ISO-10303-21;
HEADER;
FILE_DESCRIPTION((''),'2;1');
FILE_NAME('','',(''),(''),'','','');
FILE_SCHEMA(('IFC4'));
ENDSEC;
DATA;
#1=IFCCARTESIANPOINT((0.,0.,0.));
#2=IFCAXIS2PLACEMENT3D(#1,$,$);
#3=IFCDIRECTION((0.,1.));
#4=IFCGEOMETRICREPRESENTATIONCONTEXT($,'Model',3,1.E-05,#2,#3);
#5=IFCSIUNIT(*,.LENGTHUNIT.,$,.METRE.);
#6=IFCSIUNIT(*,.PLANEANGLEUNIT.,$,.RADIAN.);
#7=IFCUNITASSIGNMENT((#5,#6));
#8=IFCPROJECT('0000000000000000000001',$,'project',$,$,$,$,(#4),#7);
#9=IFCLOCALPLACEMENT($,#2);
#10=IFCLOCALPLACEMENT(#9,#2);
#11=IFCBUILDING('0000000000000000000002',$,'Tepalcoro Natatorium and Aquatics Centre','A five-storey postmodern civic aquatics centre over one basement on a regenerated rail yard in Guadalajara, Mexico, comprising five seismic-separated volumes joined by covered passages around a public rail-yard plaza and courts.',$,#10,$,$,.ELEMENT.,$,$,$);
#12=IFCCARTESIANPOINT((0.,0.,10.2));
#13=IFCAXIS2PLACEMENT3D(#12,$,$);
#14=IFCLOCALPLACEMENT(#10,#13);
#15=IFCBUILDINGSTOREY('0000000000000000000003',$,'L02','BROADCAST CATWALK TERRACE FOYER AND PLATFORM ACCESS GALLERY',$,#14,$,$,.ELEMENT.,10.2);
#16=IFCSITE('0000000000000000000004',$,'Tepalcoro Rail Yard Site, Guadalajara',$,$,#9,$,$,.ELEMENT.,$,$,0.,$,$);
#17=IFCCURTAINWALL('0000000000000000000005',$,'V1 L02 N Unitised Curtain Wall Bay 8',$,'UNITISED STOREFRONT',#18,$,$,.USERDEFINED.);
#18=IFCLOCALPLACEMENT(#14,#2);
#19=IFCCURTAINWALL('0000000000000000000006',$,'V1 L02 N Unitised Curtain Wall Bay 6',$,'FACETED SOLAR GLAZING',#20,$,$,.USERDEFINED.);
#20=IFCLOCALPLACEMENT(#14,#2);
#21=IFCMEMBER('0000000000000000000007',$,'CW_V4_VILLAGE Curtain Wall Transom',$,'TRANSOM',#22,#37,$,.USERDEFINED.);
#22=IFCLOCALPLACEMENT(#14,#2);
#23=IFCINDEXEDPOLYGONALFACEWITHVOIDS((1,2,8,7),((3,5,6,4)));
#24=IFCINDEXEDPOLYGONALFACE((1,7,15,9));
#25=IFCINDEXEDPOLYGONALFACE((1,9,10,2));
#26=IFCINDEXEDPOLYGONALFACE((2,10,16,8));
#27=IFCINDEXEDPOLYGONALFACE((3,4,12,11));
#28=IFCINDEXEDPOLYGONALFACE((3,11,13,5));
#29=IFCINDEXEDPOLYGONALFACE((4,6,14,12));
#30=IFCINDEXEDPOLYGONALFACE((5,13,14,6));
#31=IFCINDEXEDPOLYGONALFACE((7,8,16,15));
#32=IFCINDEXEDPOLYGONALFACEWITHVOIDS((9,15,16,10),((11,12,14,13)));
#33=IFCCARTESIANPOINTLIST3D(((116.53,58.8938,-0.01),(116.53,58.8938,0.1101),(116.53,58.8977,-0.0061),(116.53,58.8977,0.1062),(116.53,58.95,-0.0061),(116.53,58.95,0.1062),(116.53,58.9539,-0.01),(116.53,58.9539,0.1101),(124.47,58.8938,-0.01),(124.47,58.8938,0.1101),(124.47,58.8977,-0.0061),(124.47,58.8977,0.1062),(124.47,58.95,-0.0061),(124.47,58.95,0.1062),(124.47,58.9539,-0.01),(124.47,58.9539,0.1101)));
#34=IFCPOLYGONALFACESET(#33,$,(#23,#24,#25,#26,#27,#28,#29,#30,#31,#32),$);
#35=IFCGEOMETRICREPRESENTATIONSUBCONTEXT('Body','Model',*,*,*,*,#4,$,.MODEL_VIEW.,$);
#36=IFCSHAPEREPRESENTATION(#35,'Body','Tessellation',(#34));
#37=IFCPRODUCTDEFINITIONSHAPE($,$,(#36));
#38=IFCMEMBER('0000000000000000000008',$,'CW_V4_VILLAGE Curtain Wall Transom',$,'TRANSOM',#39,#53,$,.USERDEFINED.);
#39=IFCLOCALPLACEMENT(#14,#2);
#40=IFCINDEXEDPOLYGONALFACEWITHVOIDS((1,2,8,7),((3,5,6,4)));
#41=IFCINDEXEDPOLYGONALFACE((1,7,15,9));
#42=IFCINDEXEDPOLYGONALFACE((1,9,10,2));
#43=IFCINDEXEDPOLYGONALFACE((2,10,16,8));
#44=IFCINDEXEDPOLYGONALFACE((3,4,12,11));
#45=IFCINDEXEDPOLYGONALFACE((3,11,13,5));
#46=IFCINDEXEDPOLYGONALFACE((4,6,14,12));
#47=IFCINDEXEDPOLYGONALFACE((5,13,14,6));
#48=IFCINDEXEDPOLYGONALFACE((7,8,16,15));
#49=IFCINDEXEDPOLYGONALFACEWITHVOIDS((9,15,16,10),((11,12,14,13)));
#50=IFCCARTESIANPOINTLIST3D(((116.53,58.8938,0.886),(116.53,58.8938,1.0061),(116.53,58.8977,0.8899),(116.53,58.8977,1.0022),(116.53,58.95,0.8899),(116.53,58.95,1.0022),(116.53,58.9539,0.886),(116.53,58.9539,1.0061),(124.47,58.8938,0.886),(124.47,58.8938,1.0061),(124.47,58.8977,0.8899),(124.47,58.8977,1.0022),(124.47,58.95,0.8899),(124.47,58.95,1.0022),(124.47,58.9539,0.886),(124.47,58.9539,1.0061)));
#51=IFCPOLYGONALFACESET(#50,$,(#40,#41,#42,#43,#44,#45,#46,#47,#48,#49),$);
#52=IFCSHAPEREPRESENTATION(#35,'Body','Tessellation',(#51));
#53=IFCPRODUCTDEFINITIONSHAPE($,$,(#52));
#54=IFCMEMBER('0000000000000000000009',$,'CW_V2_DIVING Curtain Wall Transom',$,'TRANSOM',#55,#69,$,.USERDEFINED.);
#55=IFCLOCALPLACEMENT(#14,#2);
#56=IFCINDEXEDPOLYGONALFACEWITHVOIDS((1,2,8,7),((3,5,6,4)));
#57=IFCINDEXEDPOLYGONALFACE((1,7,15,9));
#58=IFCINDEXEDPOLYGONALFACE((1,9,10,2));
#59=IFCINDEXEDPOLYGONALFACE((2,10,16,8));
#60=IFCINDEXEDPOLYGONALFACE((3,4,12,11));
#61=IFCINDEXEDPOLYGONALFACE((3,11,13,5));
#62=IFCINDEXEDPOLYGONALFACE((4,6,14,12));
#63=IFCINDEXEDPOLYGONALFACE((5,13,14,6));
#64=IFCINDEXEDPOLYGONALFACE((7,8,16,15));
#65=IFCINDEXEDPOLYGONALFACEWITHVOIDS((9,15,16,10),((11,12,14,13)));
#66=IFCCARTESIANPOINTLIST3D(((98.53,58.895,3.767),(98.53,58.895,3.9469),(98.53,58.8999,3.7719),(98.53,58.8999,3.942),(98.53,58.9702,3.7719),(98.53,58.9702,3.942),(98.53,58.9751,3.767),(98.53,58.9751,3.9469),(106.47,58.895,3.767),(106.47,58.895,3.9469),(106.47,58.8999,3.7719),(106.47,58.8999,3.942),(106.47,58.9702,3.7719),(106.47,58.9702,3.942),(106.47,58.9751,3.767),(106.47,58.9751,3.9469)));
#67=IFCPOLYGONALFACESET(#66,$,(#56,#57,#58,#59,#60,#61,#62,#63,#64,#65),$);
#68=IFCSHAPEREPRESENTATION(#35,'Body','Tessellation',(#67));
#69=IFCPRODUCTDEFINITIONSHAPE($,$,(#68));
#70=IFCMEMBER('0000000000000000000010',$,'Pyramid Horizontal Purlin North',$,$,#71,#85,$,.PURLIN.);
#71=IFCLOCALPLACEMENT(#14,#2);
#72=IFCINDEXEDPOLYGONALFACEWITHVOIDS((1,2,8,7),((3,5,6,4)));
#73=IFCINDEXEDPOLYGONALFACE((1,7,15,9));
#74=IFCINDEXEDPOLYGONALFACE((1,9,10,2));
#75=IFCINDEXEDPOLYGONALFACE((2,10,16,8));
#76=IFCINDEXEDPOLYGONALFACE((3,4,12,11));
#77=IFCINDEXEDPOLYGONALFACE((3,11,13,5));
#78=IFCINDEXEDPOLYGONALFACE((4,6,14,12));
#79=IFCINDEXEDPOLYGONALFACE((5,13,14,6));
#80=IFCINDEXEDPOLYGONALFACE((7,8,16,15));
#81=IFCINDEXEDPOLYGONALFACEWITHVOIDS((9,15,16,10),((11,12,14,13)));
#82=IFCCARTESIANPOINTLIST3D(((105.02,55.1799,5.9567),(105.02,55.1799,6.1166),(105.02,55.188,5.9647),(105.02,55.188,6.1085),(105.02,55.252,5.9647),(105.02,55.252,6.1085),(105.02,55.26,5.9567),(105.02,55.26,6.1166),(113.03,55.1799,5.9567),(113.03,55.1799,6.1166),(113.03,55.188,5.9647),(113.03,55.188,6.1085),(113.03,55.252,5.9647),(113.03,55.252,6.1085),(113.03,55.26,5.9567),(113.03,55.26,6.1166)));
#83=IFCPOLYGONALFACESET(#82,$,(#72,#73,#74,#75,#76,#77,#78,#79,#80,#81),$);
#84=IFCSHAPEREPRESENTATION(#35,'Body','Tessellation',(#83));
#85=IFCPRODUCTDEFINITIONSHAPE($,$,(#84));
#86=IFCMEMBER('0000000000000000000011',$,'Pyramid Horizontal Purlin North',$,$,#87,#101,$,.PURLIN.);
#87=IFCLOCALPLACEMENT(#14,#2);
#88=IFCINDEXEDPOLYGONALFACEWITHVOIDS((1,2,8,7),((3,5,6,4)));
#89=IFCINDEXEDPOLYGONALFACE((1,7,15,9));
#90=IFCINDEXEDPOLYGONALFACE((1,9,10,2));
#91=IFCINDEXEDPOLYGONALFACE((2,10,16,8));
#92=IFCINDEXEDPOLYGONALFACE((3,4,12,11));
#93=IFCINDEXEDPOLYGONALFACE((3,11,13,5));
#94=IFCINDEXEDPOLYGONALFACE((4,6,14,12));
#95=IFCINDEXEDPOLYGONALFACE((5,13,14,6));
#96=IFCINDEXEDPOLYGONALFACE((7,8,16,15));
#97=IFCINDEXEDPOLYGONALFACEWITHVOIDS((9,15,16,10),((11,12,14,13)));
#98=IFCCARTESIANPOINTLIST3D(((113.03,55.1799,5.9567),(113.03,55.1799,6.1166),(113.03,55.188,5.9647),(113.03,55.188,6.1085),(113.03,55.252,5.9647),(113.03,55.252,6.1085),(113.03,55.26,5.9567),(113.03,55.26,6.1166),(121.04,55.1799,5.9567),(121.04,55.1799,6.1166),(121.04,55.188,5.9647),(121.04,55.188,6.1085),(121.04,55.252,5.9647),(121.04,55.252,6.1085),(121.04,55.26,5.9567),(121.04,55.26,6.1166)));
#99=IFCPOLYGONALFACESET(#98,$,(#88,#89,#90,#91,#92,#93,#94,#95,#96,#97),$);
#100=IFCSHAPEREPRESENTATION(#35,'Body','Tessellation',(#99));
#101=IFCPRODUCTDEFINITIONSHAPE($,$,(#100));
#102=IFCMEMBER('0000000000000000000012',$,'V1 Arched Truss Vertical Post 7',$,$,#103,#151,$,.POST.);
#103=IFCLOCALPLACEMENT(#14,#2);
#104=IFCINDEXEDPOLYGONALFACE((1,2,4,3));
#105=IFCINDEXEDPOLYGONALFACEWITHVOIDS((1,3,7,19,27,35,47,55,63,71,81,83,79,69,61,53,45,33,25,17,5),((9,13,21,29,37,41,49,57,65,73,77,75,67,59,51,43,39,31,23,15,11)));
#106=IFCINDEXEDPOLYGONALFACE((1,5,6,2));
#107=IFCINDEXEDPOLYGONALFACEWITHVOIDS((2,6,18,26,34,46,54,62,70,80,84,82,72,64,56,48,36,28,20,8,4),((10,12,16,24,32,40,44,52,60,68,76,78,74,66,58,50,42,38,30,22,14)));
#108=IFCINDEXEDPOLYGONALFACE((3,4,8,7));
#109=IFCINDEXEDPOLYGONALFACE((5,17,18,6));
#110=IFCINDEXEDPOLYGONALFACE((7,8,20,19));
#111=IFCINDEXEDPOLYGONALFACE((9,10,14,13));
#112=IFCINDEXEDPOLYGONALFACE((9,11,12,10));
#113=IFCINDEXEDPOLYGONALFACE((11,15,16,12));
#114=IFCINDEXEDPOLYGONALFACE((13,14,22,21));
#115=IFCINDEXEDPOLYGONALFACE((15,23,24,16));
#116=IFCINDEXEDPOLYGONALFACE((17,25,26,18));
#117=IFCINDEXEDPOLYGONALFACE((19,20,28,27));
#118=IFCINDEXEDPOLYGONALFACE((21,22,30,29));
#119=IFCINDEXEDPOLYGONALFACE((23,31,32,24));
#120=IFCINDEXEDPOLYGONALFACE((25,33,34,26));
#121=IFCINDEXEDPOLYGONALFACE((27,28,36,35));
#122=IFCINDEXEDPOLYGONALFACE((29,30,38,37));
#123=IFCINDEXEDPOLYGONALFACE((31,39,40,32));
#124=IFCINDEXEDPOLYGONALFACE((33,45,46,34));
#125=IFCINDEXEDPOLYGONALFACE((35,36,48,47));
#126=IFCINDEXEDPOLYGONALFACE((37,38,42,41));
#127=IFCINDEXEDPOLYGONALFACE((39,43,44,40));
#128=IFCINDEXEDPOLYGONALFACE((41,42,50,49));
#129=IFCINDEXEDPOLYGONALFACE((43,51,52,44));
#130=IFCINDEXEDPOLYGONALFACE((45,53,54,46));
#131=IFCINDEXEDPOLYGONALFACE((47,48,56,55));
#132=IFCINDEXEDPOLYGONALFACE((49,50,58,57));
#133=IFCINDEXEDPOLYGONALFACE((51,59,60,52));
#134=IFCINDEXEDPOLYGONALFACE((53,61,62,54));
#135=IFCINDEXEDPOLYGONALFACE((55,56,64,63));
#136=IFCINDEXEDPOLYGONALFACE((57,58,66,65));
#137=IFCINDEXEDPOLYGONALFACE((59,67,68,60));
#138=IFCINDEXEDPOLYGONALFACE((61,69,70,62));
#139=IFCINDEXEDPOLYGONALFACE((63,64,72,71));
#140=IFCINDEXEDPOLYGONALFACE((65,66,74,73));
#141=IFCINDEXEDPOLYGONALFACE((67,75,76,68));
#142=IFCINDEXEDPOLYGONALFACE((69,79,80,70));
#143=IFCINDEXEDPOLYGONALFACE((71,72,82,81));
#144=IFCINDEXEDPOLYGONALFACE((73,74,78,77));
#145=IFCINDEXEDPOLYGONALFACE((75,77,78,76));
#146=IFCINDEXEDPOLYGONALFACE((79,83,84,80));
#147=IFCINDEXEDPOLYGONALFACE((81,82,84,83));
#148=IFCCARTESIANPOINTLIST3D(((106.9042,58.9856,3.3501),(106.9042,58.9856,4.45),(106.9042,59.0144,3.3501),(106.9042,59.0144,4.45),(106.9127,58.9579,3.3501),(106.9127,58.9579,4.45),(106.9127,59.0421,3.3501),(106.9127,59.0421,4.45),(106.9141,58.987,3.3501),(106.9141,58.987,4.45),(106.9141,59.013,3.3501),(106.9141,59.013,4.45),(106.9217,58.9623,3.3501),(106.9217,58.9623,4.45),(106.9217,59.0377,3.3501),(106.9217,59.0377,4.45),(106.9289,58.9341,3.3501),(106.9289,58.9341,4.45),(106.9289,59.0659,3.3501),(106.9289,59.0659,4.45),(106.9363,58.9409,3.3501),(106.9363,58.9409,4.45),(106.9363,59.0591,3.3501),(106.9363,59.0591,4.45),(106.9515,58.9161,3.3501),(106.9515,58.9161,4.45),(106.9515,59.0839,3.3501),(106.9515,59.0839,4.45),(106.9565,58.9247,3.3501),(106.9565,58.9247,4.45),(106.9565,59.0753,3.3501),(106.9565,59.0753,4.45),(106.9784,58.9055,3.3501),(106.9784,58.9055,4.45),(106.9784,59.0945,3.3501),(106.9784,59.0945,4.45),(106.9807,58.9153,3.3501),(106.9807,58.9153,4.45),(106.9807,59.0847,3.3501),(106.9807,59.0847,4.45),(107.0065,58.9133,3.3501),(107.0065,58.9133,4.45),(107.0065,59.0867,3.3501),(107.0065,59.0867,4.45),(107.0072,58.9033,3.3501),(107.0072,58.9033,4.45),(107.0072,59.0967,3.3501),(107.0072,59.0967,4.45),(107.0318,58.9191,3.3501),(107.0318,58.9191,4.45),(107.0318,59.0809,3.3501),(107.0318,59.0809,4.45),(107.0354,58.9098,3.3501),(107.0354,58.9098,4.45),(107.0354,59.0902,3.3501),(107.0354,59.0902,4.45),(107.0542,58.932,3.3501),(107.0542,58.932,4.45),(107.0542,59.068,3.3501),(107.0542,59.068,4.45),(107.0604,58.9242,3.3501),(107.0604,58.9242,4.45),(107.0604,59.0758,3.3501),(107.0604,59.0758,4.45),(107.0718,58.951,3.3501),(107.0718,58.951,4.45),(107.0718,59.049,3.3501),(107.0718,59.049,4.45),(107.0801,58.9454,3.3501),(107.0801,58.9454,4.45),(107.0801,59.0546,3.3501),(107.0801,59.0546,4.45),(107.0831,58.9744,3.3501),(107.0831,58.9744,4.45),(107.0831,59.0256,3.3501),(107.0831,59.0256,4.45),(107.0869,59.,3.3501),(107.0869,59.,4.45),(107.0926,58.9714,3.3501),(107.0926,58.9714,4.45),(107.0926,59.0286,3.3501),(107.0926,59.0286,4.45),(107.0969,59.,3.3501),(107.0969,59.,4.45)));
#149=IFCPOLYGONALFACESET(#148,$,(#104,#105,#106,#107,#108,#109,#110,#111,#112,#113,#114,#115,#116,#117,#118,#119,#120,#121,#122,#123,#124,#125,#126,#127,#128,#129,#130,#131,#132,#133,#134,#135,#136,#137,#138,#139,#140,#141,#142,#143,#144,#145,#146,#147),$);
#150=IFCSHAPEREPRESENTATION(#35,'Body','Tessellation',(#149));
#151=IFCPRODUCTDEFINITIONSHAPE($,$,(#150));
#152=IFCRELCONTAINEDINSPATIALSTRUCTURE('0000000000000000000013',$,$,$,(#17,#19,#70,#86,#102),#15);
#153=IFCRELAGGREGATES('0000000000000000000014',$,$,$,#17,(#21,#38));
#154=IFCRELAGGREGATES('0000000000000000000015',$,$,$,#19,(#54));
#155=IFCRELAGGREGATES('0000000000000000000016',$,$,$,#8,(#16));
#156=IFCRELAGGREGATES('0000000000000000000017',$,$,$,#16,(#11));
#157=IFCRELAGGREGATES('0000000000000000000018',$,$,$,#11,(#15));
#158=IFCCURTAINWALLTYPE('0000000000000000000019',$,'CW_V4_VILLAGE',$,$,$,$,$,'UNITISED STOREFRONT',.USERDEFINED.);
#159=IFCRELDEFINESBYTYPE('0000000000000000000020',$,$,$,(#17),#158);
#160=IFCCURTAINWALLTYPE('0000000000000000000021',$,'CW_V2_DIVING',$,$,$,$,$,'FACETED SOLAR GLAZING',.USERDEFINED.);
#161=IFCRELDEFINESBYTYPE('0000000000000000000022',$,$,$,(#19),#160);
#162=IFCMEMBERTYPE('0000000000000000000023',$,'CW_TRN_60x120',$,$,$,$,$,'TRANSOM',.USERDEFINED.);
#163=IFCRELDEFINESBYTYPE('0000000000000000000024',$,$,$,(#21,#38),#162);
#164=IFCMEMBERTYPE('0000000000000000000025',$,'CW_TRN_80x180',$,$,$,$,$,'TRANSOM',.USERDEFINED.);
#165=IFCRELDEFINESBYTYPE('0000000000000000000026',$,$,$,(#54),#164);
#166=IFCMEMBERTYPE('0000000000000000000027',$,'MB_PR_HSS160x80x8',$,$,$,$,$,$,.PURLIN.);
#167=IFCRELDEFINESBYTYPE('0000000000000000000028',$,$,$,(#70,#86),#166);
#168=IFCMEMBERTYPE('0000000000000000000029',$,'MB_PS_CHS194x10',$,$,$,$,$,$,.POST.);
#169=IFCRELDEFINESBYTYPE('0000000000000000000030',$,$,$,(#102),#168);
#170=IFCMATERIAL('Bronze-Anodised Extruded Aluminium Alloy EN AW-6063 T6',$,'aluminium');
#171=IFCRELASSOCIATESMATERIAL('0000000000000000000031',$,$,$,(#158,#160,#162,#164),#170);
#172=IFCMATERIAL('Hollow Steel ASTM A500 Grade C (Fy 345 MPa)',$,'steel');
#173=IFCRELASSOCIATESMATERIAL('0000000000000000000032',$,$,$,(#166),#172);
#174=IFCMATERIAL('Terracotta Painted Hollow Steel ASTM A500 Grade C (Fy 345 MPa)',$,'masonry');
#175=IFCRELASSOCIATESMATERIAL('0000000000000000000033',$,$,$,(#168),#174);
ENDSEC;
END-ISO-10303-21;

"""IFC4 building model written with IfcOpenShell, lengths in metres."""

from ifc_helpers import new_model, si_unit, direction, frame, origin, origin_2d, place, context, subcontext, project, spatial, hollow_rectangle, hollow_circle, extrude, material, material_profile, profile_set, type_object, element, aggregate, save


model = new_model("IFC4")

# Units and contexts
model_context = context("Model", 3, precision=1e-05, world=origin(), true_north=direction((0.0, 1.0)))
body_context = subcontext(model_context, "Body", "Model", "MODEL_VIEW")
ifc_project = project(units=[si_unit("LENGTHUNIT", "METRE"), si_unit("PLANEANGLEUNIT", "RADIAN")], contexts=[model_context])

# Site, building, storey
site_placement = place(None, origin())
site = spatial("IfcSite", under=ifc_project, at=site_placement, Name="Tepalcoro Rail Yard Site, Guadalajara", CompositionType="ELEMENT", RefElevation=0.0)
building_placement = place(site_placement, origin())
building = spatial("IfcBuilding", under=site, at=building_placement, Name="Tepalcoro Natatorium and Aquatics Centre", Description="A five-storey postmodern civic aquatics centre over one basement on a regenerated rail yard in Guadalajara, Mexico, comprising five seismic-separated volumes joined by covered passages around a public rail-yard plaza and courts.", CompositionType="ELEMENT")
storey_placement = place(building_placement, frame((0.0, 0.0, 10.2)))
storey = spatial("IfcBuildingStorey", under=building, at=storey_placement, Name="L02", Description="BROADCAST CATWALK TERRACE FOYER AND PLATFORM ACCESS GALLERY", CompositionType="ELEMENT", Elevation=10.2)

# Curtain wall
ifc_material_1 = material(Name="Bronze-Anodised Extruded Aluminium Alloy EN AW-6063 T6", Category="aluminium")
curtain_wall_type_1 = type_object("IfcCurtainWallType", Name="CW_V4_VILLAGE", ElementType="UNITISED STOREFRONT", PredefinedType="USERDEFINED", material=ifc_material_1)
curtain_wall_1_placement = place(storey_placement, origin())
curtain_wall_1 = element("IfcCurtainWall", 1, at=curtain_wall_1_placement, inside=storey, type_object=curtain_wall_type_1, Name="V1 L02 N Unitised Curtain Wall Bay 8", ObjectType="UNITISED STOREFRONT", PredefinedType="USERDEFINED")

# Curtain wall
curtain_wall_type_2 = type_object("IfcCurtainWallType", Name="CW_V2_DIVING", ElementType="FACETED SOLAR GLAZING", PredefinedType="USERDEFINED", material=ifc_material_1)
curtain_wall_2_placement = place(storey_placement, origin())
curtain_wall_2 = element("IfcCurtainWall", 2, at=curtain_wall_2_placement, inside=storey, type_object=curtain_wall_type_2, Name="V1 L02 N Unitised Curtain Wall Bay 6", ObjectType="FACETED SOLAR GLAZING", PredefinedType="USERDEFINED")

# Members
ifc_material_profile_1 = material_profile(ifc_material_1, hollow_rectangle(XDim=0.0601, YDim=0.1201, WallThickness=0.0039, at=origin_2d()), Name="AL60X120X4")
ifc_profile_set_1 = profile_set([ifc_material_profile_1], Name="Bronze-Anodised Extruded Aluminium Alloy EN AW-6063 T6")
member_type_1 = type_object("IfcMemberType", Name="CW_TRN_60x120", ElementType="TRANSOM", PredefinedType="USERDEFINED", material=ifc_profile_set_1)
member_1_placement = place(storey_placement, frame((116.53, 58.9238, 0.05), z_axis=(1.0, 0.0, 0.0), x_axis=(0.0, 1.0, 0.0)))
member_1 = element("IfcMember", 3, at=member_1_placement, type_object=member_type_1, Name="CW_V4_VILLAGE Curtain Wall Transom", ObjectType="TRANSOM", PredefinedType="USERDEFINED", context=body_context, shape_type="SweptSolid", body=[
    extrude(hollow_rectangle(XDim=0.0601, YDim=0.1201, WallThickness=0.0039, at=origin_2d()), origin(), (0.0, 0.0, 1.0), 7.9399),
])
member_2_placement = place(storey_placement, frame((116.53, 58.9238, 0.946), z_axis=(1.0, 0.0, 0.0), x_axis=(0.0, 1.0, 0.0)))
member_2 = element("IfcMember", 4, at=member_2_placement, type_object=member_type_1, Name="CW_V4_VILLAGE Curtain Wall Transom", ObjectType="TRANSOM", PredefinedType="USERDEFINED", context=body_context, shape_type="SweptSolid", body=[
    extrude(hollow_rectangle(XDim=0.0601, YDim=0.1201, WallThickness=0.0039, at=origin_2d()), origin(), (0.0, 0.0, 1.0), 7.9399),
])
aggregate(curtain_wall_1, [member_1, member_2])
ifc_material_profile_2 = material_profile(ifc_material_1, hollow_rectangle(XDim=0.0801, YDim=0.1799, WallThickness=0.0049, at=origin_2d()), Name="AL80X180X5")
ifc_profile_set_2 = profile_set([ifc_material_profile_2], Name="Bronze-Anodised Extruded Aluminium Alloy EN AW-6063 T6")
member_type_2 = type_object("IfcMemberType", Name="CW_TRN_80x180", ElementType="TRANSOM", PredefinedType="USERDEFINED", material=ifc_profile_set_2)
member_3_placement = place(storey_placement, frame((98.53, 58.9351, 3.8569), z_axis=(1.0, 0.0, 0.0), x_axis=(0.0, 1.0, 0.0)))
member_3 = element("IfcMember", 5, at=member_3_placement, type_object=member_type_2, Name="CW_V2_DIVING Curtain Wall Transom", ObjectType="TRANSOM", PredefinedType="USERDEFINED", context=body_context, shape_type="SweptSolid", body=[
    extrude(hollow_rectangle(XDim=0.0801, YDim=0.1799, WallThickness=0.0049, at=origin_2d()), origin(), (0.0, 0.0, 1.0), 7.9399),
])

# Members
ifc_material_2 = material(Name="Hollow Steel ASTM A500 Grade C (Fy 345 MPa)", Category="steel")
ifc_material_profile_3 = material_profile(ifc_material_2, hollow_rectangle(XDim=0.0801, YDim=0.1599, WallThickness=0.0081, at=origin_2d()), Name="HSS160X80X8")
ifc_profile_set_3 = profile_set([ifc_material_profile_3], Name="Hollow Steel ASTM A500 Grade C (Fy 345 MPa)")
member_type_3 = type_object("IfcMemberType", Name="MB_PR_HSS160x80x8", PredefinedType="PURLIN", material=ifc_profile_set_3)
for number, where, z_axis, x_axis, name in (
    (6, (105.02, 55.22, 6.0366), (1.0, 0.0, 0.0), (0.0, 1.0, 0.0), "Pyramid Horizontal Purlin North"),
    (7, (113.03, 55.22, 6.0366), (1.0, 0.0, 0.0), (0.0, 1.0, 0.0), "Pyramid Horizontal Purlin North"),
):
    element("IfcMember", number, at=place(storey_placement, frame(where, z_axis=z_axis, x_axis=x_axis)), inside=storey, type_object=member_type_3, Name=name, PredefinedType="PURLIN", context=body_context, shape_type="SweptSolid", body=[
        extrude(hollow_rectangle(XDim=0.0801, YDim=0.1599, WallThickness=0.0081, at=origin_2d()), origin(), (0.0, 0.0, 1.0), 8.01),
    ])
ifc_material_3 = material(Name="Terracotta Painted Hollow Steel ASTM A500 Grade C (Fy 345 MPa)", Category="masonry")
ifc_material_profile_4 = material_profile(ifc_material_3, hollow_circle(Radius=0.0969, WallThickness=0.01, at=origin_2d()), Name="CHS194X10")
ifc_profile_set_4 = profile_set([ifc_material_profile_4], Name="Terracotta Painted Hollow Steel ASTM A500 Grade C (Fy 345 MPa)")
member_type_4 = type_object("IfcMemberType", Name="MB_PS_CHS194x10", PredefinedType="POST", material=ifc_profile_set_4)
member_4_placement = place(storey_placement, frame((107.0, 59.0, 3.3501), z_axis=(0.0, 0.0, 1.0), x_axis=(1.0, 0.0, 0.0)))
element("IfcMember", 8, at=member_4_placement, inside=storey, type_object=member_type_4, Name="V1 Arched Truss Vertical Post 7", PredefinedType="POST", context=body_context, shape_type="SweptSolid", body=[
    extrude(hollow_circle(Radius=0.0969, WallThickness=0.01, at=origin_2d()), origin(), (0.0, 0.0, 1.0), 1.0999),
])

aggregate(curtain_wall_2, [member_3])

save(model, "model.ifc")
